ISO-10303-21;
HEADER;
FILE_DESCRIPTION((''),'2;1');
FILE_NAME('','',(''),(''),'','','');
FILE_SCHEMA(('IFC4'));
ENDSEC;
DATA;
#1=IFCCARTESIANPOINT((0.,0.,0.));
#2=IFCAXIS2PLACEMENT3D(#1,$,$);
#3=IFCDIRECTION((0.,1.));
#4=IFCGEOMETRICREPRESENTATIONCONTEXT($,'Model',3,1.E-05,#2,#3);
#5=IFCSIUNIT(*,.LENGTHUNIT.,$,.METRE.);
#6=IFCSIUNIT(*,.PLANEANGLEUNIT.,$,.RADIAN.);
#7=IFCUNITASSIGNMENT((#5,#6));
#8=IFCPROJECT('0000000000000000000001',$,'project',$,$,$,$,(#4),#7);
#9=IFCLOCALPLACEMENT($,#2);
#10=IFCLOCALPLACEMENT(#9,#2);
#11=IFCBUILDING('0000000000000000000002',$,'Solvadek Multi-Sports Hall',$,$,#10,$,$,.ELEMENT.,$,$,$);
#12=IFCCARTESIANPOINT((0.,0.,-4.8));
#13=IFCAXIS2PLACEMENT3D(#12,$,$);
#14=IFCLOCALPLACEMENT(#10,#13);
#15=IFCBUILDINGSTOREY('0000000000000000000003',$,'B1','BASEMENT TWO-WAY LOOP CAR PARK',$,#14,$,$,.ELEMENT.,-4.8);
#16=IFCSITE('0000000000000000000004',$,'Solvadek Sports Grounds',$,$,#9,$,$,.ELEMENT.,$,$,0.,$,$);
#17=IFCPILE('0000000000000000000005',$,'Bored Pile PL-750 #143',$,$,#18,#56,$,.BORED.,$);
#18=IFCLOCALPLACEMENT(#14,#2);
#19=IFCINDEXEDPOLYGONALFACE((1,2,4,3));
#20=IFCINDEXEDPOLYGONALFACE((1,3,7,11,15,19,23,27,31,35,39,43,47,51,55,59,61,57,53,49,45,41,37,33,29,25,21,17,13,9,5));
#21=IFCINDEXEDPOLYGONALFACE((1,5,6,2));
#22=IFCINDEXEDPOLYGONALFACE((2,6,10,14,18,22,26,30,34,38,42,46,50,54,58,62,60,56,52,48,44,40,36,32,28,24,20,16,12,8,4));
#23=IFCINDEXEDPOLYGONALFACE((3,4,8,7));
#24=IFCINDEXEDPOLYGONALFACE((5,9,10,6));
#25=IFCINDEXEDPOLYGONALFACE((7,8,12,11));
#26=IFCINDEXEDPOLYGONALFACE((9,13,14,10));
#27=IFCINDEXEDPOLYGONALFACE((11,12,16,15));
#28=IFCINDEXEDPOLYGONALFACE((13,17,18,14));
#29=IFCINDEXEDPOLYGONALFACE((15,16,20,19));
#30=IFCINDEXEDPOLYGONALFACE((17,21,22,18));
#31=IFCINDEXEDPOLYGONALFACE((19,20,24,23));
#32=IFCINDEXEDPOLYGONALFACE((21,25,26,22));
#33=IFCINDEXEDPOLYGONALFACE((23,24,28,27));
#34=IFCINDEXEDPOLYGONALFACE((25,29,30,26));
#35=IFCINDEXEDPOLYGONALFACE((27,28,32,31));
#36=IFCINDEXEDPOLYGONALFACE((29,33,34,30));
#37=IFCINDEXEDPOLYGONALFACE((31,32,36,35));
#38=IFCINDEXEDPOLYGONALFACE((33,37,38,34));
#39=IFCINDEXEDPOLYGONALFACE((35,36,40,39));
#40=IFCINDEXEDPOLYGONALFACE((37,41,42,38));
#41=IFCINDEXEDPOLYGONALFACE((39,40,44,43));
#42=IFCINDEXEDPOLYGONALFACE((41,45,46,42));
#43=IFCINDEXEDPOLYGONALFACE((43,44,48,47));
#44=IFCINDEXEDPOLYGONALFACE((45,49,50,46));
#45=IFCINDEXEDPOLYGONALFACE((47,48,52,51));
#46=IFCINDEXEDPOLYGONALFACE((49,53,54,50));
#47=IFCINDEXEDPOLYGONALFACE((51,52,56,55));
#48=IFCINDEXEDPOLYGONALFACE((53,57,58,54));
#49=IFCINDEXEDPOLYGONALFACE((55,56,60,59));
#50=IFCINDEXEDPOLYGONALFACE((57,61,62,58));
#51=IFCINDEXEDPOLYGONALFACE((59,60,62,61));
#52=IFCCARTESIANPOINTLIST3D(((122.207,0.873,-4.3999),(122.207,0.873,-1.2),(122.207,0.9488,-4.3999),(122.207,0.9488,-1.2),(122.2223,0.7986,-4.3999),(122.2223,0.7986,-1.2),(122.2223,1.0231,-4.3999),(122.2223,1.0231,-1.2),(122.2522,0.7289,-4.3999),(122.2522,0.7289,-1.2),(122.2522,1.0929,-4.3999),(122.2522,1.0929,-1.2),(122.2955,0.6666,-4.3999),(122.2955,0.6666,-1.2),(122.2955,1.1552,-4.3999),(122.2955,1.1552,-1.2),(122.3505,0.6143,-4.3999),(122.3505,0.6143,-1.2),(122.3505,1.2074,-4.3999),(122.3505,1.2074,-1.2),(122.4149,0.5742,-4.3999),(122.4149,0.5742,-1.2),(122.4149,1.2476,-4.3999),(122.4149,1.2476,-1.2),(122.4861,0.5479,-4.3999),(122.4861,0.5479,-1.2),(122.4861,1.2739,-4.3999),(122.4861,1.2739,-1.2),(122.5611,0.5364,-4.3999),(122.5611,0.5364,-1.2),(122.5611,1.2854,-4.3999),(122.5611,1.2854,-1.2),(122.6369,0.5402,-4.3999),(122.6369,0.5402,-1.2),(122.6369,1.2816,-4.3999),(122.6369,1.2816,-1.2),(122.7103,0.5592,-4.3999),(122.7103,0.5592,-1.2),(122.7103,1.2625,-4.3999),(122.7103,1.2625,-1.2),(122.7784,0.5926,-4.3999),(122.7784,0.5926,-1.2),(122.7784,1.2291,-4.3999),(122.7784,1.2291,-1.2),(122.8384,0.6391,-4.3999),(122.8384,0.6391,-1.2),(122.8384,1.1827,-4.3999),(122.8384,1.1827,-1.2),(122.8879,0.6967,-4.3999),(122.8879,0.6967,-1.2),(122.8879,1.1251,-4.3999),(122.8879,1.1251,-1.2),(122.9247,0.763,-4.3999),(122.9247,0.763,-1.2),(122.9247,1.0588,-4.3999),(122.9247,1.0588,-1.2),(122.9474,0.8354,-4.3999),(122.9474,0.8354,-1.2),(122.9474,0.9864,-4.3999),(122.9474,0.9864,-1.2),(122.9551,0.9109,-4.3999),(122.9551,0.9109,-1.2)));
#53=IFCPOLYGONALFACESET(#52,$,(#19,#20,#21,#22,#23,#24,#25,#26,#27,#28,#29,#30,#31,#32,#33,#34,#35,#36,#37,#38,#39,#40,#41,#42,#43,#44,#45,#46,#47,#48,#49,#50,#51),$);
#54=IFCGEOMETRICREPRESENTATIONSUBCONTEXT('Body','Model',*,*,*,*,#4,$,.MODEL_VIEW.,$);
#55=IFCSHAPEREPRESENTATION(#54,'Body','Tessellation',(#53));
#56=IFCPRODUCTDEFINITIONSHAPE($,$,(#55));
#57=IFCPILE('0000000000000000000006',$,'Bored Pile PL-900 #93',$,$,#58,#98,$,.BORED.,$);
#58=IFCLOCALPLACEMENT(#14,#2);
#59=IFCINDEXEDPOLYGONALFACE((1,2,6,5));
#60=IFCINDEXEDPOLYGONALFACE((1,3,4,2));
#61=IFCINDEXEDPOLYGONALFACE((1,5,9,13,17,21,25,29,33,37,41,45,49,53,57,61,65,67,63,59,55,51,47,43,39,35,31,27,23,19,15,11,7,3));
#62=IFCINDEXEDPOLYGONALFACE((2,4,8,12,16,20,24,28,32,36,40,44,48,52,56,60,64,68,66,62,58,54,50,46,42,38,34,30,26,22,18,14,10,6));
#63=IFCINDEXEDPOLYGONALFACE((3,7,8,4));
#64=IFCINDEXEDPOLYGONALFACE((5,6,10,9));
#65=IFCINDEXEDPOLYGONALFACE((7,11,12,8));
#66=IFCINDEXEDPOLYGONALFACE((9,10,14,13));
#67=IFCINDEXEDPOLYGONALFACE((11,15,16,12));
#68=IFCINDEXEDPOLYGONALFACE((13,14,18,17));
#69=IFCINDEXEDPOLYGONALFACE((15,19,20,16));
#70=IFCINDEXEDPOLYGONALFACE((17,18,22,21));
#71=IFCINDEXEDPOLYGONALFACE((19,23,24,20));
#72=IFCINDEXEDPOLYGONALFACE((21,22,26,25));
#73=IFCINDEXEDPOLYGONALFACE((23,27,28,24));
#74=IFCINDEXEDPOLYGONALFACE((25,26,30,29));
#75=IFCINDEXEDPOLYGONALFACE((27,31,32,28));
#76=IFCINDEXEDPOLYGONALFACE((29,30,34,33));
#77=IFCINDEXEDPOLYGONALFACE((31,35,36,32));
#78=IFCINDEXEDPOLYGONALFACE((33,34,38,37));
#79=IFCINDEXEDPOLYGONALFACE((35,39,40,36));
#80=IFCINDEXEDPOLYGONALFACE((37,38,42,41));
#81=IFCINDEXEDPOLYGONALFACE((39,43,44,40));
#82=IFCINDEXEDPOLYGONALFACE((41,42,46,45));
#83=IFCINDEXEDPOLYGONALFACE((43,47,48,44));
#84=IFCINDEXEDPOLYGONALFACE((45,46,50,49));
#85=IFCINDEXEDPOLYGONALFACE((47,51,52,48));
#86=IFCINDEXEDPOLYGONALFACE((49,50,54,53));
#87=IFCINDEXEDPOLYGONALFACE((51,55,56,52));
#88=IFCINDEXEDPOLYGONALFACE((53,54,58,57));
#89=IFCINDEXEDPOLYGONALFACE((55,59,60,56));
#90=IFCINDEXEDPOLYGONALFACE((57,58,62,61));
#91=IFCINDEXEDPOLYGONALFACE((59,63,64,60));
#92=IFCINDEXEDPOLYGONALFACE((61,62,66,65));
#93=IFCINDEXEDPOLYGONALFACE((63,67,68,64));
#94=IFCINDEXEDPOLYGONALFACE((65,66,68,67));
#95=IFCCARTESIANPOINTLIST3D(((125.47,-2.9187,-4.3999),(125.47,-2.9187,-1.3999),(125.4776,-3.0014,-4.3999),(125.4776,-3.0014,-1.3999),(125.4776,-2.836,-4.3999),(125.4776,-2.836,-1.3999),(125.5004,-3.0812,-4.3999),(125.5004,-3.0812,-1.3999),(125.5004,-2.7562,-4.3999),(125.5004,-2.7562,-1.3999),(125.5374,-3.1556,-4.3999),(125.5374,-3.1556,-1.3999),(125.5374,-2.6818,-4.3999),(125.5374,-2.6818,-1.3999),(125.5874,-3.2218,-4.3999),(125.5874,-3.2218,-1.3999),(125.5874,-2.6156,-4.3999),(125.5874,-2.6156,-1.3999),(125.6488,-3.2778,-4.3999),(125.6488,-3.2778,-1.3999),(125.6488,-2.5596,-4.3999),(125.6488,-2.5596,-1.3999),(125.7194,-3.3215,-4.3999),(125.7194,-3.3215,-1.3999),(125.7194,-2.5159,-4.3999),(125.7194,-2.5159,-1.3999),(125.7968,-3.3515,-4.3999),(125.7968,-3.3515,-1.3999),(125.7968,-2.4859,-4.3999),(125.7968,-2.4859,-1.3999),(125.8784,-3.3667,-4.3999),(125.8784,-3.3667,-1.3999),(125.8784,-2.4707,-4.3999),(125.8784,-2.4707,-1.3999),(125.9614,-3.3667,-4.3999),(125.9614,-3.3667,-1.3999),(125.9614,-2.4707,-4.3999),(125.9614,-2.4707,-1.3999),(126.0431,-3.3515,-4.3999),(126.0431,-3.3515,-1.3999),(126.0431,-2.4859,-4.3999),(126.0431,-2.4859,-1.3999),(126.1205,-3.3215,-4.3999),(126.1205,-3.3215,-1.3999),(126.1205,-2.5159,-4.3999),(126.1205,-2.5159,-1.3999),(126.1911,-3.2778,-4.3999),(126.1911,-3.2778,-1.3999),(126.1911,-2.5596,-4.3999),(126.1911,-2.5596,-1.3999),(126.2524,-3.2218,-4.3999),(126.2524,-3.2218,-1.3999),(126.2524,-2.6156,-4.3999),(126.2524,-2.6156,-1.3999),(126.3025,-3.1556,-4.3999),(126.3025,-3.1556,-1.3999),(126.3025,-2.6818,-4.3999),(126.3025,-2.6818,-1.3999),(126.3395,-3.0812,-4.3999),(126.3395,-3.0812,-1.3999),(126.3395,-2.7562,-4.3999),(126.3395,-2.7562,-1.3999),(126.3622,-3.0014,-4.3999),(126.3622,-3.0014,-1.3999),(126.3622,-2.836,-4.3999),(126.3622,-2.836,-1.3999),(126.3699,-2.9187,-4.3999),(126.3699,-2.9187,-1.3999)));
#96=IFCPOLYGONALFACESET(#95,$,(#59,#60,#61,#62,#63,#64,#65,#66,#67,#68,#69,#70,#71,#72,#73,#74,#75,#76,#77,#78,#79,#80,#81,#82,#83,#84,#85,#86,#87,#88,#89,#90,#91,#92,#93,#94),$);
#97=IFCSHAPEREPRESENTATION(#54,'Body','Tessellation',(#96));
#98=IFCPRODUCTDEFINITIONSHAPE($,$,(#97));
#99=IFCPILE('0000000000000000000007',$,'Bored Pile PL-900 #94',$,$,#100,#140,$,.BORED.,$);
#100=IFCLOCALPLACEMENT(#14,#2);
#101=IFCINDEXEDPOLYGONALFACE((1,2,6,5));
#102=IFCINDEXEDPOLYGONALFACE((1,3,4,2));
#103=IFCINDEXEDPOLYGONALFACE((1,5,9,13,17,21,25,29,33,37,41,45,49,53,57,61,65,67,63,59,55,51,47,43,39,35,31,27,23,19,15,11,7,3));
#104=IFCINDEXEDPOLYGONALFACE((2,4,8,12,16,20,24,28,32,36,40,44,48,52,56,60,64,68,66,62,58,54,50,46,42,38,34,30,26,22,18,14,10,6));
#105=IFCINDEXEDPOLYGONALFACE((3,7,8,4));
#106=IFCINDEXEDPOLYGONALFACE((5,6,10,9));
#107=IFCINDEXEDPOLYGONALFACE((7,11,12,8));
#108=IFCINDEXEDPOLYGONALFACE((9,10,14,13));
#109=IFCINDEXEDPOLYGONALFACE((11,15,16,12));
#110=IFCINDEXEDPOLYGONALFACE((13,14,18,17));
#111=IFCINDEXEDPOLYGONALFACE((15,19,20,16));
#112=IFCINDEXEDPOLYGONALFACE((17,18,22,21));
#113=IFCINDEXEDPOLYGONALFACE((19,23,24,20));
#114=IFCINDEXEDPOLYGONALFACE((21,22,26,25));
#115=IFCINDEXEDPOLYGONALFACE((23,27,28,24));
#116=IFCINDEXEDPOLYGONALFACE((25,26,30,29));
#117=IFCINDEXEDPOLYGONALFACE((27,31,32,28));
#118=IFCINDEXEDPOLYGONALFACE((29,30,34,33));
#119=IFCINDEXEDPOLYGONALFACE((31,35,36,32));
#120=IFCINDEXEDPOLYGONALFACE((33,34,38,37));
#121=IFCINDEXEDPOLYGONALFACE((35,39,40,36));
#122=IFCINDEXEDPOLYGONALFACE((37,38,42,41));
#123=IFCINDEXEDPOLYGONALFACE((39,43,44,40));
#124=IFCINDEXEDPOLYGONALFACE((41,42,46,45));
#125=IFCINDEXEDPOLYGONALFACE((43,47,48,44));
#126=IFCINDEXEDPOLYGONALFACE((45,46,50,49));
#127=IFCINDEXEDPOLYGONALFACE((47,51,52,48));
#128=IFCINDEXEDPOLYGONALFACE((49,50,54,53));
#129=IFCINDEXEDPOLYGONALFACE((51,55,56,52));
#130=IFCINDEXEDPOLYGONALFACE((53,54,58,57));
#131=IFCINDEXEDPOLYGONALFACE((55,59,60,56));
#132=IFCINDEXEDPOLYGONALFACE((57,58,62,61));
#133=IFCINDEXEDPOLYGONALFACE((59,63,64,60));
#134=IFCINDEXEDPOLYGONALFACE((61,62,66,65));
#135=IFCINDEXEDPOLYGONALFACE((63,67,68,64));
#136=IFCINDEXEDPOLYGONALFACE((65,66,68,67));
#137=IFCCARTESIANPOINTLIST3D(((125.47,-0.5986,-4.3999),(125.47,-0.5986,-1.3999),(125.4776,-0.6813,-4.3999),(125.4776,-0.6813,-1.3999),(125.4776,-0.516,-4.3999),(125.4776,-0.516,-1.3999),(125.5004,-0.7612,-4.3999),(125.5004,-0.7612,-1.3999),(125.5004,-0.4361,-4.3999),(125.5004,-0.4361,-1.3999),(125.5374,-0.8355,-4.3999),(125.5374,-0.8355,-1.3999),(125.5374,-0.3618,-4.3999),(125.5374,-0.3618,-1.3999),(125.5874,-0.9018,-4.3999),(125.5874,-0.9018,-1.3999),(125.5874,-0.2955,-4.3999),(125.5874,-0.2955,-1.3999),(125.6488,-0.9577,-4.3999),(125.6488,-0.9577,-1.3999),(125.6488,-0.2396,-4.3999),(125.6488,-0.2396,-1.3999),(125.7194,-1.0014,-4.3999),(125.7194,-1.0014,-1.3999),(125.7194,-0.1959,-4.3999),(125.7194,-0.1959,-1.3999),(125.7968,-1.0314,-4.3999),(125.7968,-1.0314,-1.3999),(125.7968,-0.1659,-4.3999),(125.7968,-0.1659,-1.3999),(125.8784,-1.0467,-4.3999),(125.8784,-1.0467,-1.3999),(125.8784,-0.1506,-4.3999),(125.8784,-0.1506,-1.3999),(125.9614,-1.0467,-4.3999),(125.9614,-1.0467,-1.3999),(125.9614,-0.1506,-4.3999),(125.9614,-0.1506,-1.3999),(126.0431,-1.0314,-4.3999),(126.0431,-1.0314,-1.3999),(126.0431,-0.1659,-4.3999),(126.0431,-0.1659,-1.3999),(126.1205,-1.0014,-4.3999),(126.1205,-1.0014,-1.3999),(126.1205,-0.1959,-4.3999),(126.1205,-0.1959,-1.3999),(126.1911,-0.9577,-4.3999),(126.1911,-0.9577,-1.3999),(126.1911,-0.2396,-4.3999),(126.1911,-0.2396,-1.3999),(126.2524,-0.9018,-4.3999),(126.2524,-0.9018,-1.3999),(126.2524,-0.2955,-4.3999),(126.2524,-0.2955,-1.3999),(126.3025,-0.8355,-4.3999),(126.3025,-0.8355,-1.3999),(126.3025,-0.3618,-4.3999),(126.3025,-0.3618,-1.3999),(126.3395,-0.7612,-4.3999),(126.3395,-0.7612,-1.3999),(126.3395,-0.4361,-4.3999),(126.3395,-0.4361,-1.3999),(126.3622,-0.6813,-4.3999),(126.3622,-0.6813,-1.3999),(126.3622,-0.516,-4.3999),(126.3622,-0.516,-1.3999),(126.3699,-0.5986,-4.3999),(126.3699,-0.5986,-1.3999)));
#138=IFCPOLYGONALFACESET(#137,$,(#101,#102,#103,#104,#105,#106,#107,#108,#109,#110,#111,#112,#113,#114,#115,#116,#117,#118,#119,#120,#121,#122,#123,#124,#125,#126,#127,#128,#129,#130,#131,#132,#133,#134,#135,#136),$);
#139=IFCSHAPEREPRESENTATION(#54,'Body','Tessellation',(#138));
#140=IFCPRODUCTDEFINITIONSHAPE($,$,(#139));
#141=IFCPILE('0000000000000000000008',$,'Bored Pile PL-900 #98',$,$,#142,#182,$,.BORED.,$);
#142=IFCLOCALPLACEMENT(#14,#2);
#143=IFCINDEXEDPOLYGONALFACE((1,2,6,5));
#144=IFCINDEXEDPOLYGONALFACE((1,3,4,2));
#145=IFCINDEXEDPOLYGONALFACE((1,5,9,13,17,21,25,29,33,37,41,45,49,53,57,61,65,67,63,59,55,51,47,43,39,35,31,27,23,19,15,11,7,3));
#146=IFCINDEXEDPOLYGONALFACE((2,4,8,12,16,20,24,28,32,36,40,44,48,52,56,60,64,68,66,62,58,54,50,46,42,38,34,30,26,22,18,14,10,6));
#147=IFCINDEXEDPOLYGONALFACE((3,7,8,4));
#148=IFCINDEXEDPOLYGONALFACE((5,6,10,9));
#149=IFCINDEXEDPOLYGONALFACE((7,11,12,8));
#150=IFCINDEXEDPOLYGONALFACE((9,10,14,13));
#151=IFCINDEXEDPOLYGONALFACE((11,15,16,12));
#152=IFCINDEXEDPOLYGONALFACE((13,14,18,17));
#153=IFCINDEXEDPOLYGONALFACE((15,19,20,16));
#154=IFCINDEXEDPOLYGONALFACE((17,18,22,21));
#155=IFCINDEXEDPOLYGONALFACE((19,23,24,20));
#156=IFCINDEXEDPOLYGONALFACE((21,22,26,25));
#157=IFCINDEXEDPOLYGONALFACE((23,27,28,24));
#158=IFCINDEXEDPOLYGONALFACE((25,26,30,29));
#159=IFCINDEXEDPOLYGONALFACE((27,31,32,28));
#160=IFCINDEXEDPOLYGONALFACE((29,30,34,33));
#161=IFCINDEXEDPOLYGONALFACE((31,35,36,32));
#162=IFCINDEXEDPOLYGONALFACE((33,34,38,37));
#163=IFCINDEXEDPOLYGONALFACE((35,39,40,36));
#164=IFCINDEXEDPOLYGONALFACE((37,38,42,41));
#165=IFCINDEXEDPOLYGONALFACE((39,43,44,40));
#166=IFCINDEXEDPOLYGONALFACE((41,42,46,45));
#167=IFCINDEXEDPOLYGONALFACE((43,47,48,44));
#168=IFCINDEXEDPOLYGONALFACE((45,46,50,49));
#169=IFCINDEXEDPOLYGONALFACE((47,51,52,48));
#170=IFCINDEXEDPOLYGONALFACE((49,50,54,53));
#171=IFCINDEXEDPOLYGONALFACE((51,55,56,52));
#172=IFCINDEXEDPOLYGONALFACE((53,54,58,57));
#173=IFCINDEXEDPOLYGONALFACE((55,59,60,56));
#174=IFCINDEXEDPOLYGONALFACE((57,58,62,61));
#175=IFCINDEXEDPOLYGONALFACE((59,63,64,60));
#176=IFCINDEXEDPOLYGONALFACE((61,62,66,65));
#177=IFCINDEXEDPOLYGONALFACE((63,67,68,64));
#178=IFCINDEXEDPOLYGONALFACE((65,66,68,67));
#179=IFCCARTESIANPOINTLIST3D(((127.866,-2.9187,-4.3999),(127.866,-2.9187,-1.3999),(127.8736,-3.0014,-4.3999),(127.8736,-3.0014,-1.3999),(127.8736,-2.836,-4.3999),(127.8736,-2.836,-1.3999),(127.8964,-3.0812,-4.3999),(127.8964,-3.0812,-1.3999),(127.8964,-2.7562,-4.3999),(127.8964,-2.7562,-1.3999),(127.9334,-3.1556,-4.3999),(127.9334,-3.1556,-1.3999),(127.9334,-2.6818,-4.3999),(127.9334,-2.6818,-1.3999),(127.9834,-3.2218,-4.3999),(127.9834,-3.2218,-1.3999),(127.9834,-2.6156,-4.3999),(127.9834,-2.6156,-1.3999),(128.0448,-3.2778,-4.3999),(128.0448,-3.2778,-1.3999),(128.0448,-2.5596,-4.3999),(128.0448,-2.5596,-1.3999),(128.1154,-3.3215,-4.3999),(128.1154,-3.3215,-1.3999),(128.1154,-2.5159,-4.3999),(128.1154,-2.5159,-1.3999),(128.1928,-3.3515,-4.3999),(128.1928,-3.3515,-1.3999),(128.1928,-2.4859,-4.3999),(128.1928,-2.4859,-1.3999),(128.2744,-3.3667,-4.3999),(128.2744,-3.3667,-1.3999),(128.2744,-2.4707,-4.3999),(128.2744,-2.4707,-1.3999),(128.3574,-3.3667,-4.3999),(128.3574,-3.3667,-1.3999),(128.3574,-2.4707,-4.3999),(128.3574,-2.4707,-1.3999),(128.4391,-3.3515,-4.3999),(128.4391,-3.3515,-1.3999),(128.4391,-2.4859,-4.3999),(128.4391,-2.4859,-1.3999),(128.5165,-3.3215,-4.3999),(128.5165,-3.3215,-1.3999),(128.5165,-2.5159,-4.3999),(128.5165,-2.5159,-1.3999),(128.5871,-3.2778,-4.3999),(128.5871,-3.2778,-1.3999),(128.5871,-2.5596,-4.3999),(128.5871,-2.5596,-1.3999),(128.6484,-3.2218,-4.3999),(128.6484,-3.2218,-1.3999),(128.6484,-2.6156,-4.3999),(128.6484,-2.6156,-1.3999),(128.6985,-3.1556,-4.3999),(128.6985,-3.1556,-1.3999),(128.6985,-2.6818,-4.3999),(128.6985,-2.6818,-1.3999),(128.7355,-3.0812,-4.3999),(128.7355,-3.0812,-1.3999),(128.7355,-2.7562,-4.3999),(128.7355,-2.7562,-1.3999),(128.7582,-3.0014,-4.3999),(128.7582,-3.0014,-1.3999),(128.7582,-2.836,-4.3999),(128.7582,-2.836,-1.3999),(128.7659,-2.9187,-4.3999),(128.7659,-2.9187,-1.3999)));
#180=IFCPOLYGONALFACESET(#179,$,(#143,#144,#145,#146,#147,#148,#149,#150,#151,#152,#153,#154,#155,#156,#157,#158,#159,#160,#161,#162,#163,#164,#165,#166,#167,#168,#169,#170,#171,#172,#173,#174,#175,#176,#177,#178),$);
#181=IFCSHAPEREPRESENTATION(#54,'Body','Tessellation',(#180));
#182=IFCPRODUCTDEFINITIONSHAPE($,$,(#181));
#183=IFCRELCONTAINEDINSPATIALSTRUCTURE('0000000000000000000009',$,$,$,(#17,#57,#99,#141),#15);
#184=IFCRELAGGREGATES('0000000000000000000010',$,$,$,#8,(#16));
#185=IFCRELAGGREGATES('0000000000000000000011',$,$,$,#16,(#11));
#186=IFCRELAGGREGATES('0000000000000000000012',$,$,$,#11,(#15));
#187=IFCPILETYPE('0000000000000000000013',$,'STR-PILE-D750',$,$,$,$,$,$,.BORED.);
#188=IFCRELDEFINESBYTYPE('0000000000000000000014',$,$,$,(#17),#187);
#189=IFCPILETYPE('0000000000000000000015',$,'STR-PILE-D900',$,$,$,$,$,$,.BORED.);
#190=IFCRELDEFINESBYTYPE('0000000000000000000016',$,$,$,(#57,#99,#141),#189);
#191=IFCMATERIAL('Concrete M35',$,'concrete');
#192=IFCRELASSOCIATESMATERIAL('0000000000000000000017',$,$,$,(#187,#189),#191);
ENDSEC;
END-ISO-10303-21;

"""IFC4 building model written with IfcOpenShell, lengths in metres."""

from ifc_helpers import new_model, si_unit, direction, frame, origin, origin_2d, place, context, subcontext, project, spatial, circle, extrude, material, material_profile, profile_set, type_object, element, save


model = new_model("IFC4")

# Units and contexts
model_context = context("Model", 3, precision=1e-05, world=origin(), true_north=direction((0.0, 1.0)))
body_context = subcontext(model_context, "Body", "Model", "MODEL_VIEW")
ifc_project = project(units=[si_unit("LENGTHUNIT", "METRE"), si_unit("PLANEANGLEUNIT", "RADIAN")], contexts=[model_context])

# Site, building, storey
site_placement = place(None, origin())
site = spatial("IfcSite", under=ifc_project, at=site_placement, Name="Solvadek Sports Grounds", CompositionType="ELEMENT", RefElevation=0.0)
building_placement = place(site_placement, origin())
building = spatial("IfcBuilding", under=site, at=building_placement, Name="Solvadek Multi-Sports Hall", CompositionType="ELEMENT")
storey_placement = place(building_placement, frame((0.0, 0.0, -4.8)))
storey = spatial("IfcBuildingStorey", under=building, at=storey_placement, Name="B1", Description="BASEMENT TWO-WAY LOOP CAR PARK", CompositionType="ELEMENT", Elevation=-4.8)

# Piles
ifc_material_1 = material(Name="Concrete M35", Category="concrete")
ifc_material_profile_1 = material_profile(ifc_material_1, circle(Radius=0.375, at=origin_2d()), Name="BORED PILE D750")
ifc_profile_set_1 = profile_set([ifc_material_profile_1], Name="Concrete M35")
pile_type_1 = type_object("IfcPileType", Name="STR-PILE-D750", PredefinedType="BORED", material=ifc_profile_set_1)
pile_placement = place(storey_placement, frame((122.5801, 0.9109, -1.2), z_axis=(0.0, 0.0, -1.0), x_axis=(1.0, 0.0, 0.0)))
element("IfcPile", 1, at=pile_placement, inside=storey, type_object=pile_type_1, Name="Bored Pile PL-750 #143", PredefinedType="BORED", context=body_context, shape_type="SweptSolid", body=[
    extrude(circle(Radius=0.375, at=origin_2d()), origin(), (0.0, 0.0, 1.0), 3.2),
])
ifc_material_profile_2 = material_profile(ifc_material_1, circle(Radius=0.45, at=origin_2d()), Name="BORED PILE D900")
ifc_profile_set_2 = profile_set([ifc_material_profile_2], Name="Concrete M35")
pile_type_2 = type_object("IfcPileType", Name="STR-PILE-D900", PredefinedType="BORED", material=ifc_profile_set_2)
for number, where, z_axis, x_axis, name in (
    (2, (125.9199, -2.9187, -1.3999), (0.0, 0.0, -1.0), (1.0, 0.0, 0.0), "Bored Pile PL-900 #93"),
    (3, (125.9199, -0.5986, -1.3999), (0.0, 0.0, -1.0), (1.0, 0.0, 0.0), "Bored Pile PL-900 #94"),
    (4, (128.3159, -2.9187, -1.3999), (0.0, 0.0, -1.0), (1.0, 0.0, 0.0), "Bored Pile PL-900 #98"),
):
    element("IfcPile", number, at=place(storey_placement, frame(where, z_axis=z_axis, x_axis=x_axis)), inside=storey, type_object=pile_type_2, Name=name, PredefinedType="BORED", context=body_context, shape_type="SweptSolid", body=[
        extrude(circle(Radius=0.45, at=origin_2d()), origin(), (0.0, 0.0, 1.0), 3.0),
    ])

save(model, "model.ifc")
